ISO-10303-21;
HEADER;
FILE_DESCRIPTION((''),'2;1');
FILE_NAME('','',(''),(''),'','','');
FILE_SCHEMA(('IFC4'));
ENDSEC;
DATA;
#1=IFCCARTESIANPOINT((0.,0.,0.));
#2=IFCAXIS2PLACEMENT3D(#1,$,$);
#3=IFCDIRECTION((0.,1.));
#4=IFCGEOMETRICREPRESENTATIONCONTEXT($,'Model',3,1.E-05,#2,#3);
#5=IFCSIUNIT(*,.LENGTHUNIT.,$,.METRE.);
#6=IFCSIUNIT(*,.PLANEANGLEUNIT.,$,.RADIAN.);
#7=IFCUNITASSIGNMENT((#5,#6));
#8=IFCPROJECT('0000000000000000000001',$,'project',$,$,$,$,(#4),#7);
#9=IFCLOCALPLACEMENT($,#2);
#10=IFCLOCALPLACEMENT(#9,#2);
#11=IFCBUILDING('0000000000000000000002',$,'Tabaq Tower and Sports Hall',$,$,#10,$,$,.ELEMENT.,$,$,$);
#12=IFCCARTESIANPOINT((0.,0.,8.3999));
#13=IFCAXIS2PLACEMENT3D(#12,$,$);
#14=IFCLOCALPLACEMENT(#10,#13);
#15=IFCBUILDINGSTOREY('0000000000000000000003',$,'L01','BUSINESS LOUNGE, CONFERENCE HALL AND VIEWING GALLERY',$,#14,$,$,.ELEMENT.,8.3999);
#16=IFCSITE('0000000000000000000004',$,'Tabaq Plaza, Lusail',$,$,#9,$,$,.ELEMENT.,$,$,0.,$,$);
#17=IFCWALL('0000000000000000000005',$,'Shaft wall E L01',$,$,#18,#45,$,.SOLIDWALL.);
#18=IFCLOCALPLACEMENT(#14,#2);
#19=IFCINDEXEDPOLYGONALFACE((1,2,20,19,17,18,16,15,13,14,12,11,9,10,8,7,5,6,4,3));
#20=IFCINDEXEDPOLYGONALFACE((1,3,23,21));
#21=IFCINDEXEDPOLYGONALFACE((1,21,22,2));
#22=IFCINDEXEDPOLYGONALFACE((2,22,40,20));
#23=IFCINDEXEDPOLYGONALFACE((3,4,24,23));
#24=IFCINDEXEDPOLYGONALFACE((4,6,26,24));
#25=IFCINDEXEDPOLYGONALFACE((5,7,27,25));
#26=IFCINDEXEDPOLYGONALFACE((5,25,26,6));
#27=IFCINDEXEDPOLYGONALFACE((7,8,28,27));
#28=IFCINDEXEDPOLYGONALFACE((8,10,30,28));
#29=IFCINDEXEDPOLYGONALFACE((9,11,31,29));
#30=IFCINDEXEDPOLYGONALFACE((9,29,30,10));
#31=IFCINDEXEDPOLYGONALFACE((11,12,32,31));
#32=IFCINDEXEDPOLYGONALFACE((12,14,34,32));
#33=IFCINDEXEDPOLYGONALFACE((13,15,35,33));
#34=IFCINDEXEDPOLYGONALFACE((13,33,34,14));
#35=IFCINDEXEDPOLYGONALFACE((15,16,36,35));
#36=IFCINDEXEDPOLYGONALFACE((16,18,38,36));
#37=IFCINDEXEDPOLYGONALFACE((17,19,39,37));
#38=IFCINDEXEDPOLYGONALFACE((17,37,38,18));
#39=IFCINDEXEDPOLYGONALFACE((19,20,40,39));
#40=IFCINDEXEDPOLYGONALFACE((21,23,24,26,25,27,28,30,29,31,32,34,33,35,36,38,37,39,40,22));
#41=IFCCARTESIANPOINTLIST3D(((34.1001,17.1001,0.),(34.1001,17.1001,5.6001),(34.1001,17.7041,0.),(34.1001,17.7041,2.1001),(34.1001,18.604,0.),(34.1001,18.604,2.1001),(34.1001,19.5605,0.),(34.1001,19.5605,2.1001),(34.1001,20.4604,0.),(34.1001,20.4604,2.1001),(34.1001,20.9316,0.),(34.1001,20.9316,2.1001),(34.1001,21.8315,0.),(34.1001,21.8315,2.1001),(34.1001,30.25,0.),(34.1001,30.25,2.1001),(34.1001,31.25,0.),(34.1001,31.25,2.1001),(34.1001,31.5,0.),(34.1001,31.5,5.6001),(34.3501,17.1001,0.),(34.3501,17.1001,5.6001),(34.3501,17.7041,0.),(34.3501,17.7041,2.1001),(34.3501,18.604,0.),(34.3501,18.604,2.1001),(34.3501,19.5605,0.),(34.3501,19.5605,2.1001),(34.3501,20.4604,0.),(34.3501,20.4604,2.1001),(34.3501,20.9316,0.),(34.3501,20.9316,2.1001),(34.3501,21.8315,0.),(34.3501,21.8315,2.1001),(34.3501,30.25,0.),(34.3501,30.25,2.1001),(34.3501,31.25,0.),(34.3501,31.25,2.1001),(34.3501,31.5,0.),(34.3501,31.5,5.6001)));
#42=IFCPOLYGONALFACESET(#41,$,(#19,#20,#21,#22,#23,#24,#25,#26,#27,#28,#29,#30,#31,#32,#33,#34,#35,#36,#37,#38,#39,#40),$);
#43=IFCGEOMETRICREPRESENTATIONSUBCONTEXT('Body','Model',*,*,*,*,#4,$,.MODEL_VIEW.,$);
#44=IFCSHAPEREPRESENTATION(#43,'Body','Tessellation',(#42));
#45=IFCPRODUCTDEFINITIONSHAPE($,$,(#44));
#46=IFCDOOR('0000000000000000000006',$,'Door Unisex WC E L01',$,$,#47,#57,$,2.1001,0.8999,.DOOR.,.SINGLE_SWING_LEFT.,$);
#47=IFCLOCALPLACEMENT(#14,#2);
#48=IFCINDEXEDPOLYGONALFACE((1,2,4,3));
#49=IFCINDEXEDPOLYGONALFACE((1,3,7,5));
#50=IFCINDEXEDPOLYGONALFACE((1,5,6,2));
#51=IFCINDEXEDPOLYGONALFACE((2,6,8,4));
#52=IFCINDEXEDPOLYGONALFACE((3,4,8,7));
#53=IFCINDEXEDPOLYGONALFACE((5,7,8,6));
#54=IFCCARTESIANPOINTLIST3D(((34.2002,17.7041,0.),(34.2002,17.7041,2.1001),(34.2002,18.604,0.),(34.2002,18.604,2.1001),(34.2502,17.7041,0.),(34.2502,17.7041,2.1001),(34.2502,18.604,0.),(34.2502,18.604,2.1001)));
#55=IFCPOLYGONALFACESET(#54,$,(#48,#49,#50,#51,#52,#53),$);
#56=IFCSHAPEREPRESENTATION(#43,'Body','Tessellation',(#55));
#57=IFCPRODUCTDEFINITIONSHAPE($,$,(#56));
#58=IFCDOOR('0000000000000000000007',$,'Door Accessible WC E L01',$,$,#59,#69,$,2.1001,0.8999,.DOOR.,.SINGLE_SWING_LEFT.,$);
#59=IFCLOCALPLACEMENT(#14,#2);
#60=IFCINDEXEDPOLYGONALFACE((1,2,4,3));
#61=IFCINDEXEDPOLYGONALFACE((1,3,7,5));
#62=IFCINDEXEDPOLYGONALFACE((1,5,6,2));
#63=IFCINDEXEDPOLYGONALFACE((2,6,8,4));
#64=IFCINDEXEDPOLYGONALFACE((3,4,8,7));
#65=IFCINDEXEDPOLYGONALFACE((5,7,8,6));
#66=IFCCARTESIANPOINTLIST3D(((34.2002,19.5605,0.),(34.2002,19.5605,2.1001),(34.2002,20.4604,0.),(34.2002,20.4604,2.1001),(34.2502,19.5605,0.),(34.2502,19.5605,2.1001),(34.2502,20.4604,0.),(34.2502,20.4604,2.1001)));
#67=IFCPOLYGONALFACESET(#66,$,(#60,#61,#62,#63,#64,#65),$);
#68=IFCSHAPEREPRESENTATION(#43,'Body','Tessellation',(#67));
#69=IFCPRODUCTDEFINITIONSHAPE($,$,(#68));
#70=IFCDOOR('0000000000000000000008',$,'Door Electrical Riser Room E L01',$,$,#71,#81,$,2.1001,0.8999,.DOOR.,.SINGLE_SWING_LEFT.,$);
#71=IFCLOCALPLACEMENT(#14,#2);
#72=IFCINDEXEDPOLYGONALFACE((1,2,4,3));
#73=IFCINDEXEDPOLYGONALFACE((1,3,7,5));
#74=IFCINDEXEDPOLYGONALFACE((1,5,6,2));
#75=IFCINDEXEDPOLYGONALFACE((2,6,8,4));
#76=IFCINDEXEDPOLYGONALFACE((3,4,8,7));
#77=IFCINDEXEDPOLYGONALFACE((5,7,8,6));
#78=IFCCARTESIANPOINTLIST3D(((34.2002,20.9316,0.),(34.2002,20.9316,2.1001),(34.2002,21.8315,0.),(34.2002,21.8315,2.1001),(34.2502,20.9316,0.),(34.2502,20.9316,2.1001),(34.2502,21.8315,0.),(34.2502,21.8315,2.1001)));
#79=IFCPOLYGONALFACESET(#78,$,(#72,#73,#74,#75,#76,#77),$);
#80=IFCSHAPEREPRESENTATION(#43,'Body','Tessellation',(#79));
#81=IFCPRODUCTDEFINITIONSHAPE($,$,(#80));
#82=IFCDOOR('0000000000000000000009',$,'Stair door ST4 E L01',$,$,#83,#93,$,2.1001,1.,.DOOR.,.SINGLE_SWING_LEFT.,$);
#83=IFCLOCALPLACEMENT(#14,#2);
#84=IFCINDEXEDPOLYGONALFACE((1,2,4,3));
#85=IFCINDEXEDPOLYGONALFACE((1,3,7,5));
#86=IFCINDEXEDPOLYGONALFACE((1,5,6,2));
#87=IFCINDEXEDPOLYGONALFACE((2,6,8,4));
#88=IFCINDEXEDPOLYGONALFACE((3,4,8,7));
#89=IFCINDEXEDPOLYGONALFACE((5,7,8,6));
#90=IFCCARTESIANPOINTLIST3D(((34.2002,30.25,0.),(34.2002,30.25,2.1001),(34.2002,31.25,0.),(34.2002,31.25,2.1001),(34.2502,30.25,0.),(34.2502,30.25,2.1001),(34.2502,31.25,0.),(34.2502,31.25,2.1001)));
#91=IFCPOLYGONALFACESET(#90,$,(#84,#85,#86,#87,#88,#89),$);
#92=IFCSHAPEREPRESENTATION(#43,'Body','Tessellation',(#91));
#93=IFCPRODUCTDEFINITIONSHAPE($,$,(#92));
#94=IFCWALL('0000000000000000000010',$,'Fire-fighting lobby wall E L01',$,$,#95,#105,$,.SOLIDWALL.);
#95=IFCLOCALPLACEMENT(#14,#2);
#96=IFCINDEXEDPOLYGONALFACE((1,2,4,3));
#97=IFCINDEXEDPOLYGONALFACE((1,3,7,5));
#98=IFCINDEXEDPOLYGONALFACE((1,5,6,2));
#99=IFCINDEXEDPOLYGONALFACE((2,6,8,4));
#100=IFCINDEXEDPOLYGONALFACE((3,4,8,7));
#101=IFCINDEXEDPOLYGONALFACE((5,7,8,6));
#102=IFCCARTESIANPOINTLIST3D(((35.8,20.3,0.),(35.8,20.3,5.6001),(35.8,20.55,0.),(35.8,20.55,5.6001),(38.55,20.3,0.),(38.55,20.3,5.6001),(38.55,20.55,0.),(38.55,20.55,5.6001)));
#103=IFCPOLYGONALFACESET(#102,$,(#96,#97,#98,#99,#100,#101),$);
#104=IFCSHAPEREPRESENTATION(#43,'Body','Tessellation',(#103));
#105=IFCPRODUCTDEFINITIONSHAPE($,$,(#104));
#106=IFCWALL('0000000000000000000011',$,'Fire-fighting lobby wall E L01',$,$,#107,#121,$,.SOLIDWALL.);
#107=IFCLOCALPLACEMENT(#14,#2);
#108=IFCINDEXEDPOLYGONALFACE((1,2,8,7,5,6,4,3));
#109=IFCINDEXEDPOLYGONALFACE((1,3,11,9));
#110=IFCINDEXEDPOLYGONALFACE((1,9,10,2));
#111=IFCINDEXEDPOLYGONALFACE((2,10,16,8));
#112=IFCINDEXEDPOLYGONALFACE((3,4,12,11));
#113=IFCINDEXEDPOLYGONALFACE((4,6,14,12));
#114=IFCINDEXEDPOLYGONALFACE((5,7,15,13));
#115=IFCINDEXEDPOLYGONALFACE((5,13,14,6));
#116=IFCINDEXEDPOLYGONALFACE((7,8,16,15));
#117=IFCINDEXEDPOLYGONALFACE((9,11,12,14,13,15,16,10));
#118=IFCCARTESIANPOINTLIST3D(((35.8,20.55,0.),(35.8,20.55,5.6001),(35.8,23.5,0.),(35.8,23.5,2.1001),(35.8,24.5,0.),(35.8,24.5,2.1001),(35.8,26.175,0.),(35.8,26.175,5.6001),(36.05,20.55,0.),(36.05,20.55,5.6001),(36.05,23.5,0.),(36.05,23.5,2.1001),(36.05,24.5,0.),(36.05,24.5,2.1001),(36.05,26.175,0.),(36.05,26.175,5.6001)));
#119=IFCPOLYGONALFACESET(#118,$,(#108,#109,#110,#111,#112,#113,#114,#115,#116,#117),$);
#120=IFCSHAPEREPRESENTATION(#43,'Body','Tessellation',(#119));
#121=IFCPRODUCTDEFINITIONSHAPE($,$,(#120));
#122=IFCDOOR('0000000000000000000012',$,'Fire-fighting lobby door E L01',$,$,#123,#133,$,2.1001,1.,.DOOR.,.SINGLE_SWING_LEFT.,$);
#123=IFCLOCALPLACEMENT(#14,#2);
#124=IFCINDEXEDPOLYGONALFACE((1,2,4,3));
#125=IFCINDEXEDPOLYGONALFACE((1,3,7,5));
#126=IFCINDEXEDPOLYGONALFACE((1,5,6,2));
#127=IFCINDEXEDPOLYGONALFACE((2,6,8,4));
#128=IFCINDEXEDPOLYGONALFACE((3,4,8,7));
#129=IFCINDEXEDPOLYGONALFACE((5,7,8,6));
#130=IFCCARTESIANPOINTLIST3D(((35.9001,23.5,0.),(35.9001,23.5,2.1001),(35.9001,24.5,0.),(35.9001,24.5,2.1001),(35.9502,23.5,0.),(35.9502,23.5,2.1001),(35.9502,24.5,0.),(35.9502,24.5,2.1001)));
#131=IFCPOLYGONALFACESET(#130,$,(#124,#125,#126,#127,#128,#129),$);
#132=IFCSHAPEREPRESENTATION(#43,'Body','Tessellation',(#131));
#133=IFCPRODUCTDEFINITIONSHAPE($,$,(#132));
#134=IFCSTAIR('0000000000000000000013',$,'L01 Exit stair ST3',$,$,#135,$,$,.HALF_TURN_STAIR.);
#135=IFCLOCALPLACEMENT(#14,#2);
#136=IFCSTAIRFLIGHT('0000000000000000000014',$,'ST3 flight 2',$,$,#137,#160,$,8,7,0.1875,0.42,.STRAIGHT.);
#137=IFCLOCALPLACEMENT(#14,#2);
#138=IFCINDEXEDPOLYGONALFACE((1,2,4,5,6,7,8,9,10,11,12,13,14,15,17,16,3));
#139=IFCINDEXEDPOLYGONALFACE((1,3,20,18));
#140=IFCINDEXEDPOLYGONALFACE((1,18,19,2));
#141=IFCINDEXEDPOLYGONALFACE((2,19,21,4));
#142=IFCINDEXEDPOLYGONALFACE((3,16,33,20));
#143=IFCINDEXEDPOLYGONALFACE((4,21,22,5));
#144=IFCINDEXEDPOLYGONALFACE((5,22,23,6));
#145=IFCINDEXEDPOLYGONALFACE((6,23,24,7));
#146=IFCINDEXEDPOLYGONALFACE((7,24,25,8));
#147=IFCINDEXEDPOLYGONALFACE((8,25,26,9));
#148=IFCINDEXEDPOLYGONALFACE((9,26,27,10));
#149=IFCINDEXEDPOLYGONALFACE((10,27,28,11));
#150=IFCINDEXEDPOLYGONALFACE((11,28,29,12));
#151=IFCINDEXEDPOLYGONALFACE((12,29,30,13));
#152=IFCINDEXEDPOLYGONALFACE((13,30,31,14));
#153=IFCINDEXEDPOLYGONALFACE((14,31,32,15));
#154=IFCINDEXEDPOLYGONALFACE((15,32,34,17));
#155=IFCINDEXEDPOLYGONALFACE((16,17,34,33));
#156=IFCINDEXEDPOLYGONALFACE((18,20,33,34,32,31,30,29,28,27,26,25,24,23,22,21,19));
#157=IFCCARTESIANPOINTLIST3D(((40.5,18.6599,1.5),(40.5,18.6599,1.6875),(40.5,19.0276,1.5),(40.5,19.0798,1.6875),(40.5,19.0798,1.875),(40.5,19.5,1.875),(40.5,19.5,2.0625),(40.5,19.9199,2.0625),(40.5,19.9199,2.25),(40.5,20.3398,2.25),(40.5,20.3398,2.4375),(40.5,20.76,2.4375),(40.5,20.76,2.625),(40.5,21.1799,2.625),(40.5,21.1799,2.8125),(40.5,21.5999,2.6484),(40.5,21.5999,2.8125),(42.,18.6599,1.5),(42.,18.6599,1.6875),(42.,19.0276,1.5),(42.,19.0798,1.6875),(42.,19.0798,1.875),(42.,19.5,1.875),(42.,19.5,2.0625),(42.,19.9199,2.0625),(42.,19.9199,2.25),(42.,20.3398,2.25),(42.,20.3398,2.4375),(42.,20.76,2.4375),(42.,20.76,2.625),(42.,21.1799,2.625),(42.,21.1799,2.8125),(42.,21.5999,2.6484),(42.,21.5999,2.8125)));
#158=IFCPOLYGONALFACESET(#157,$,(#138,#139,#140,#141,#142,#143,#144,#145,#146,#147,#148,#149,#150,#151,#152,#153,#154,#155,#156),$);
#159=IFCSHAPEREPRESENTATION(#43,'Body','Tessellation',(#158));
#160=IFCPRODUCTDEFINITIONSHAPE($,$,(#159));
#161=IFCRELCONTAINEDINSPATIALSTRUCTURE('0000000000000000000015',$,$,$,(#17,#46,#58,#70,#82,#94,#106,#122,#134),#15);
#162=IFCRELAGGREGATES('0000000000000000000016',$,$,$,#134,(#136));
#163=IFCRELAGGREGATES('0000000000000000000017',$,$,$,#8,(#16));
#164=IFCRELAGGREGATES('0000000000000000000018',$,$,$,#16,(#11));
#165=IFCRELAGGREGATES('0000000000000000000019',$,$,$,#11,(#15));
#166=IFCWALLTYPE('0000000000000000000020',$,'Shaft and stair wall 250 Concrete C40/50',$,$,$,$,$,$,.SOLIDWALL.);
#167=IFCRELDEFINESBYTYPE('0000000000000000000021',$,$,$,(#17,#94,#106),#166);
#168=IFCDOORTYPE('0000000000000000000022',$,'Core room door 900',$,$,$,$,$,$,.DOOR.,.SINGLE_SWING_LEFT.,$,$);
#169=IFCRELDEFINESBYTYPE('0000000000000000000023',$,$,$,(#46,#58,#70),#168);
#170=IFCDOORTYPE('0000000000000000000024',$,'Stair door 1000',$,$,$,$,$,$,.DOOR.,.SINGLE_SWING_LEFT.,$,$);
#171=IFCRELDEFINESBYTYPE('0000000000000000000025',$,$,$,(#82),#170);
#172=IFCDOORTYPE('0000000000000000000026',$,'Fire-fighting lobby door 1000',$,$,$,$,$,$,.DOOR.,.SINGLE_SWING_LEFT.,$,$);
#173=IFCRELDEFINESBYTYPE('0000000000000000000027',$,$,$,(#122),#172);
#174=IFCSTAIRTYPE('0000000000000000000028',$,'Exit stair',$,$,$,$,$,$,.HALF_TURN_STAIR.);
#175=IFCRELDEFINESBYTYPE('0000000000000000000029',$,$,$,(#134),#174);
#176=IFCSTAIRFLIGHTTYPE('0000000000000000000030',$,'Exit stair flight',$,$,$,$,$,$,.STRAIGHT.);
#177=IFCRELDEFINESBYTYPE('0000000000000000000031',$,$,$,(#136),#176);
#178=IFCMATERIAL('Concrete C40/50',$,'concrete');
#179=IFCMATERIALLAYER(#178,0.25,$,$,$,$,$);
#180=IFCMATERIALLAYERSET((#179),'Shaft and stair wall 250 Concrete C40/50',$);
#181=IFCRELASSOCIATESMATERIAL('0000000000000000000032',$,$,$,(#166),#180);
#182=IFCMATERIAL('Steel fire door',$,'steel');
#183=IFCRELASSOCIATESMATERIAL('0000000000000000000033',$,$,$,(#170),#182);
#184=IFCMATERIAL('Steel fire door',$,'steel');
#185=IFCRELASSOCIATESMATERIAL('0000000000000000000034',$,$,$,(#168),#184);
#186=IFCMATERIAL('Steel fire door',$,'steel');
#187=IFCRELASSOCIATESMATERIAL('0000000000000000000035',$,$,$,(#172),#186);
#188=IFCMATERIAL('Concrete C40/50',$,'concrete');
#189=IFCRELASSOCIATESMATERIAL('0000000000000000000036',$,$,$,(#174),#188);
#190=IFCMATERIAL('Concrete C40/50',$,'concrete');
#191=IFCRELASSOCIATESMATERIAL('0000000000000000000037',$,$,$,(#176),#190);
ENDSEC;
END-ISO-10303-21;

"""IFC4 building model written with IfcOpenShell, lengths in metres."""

from ifc_helpers import new_model, si_unit, direction, frame, frame_2d, origin, place, context, subcontext, project, spatial, polyline, rectangle, outline, extrude, material, layer, layer_set, type_object, element, fill, aggregate, save


model = new_model("IFC4")

# Units and contexts
model_context = context("Model", 3, precision=1e-05, world=origin(), true_north=direction((0.0, 1.0)))
body_context = subcontext(model_context, "Body", "Model", "MODEL_VIEW")
ifc_project = project(units=[si_unit("LENGTHUNIT", "METRE"), si_unit("PLANEANGLEUNIT", "RADIAN")], contexts=[model_context])

# Site, building, storey
site_placement = place(None, origin())
site = spatial("IfcSite", under=ifc_project, at=site_placement, Name="Tabaq Plaza, Lusail", CompositionType="ELEMENT", RefElevation=0.0)
building_placement = place(site_placement, origin())
building = spatial("IfcBuilding", under=site, at=building_placement, Name="Tabaq Tower and Sports Hall", CompositionType="ELEMENT")
storey_placement = place(building_placement, frame((0.0, 0.0, 8.3999)))
storey = spatial("IfcBuildingStorey", under=building, at=storey_placement, Name="L01", Description="BUSINESS LOUNGE, CONFERENCE HALL AND VIEWING GALLERY", CompositionType="ELEMENT", Elevation=8.3999)

# Wall, openings, doors
ifc_material_1 = material(Name="Concrete C40/50", Category="concrete")
ifc_layer_1 = layer(ifc_material_1, 0.25)
ifc_layer_set_1 = layer_set([ifc_layer_1], Name="Shaft and stair wall 250 Concrete C40/50")
wall_type_1 = type_object("IfcWallType", Name="Shaft and stair wall 250 Concrete C40/50", PredefinedType="SOLIDWALL", material=ifc_layer_set_1)
ifc_material_2 = material(Name="Steel fire door", Category="steel")
door_type_1 = type_object("IfcDoorType", Name="Stair door 1000", OperationType="SINGLE_SWING_LEFT", PredefinedType="DOOR", material=ifc_material_2)
wall_1_placement = place(storey_placement, frame((34.2251, 17.1001, 0.0), z_axis=(0.0, 0.0, 1.0), x_axis=(0.0, 1.0, 0.0)))
wall_1 = element("IfcWall", 1, at=wall_1_placement, inside=storey, type_object=wall_type_1, Name="Shaft wall E L01", PredefinedType="SOLIDWALL", context=body_context, shape_type="SweptSolid", body=[
    extrude(rectangle(XDim=14.3999, YDim=0.25, at=frame_2d((7.2, 0.0))), origin(), (0.0, 0.0, 1.0), 5.6001),
])
opening_1_placement = place(wall_1_placement, frame((13.1499, 0.0, 0.0)))
opening_1 = element("IfcOpeningElement", 2, at=opening_1_placement, cuts=wall_1, PredefinedType="OPENING", context=body_context, shape_type="SweptSolid", body=[
    extrude(rectangle(XDim=1.0, YDim=2.1001, at=frame_2d((0.5, 1.05))), frame((0.0, 0.125, 0.0), z_axis=(0.0, -1.0, 0.0), x_axis=(1.0, 0.0, 0.0)), (0.0, 0.0, 1.0), 0.25),
])
opening_2_placement = place(wall_1_placement, frame((0.604, 0.0, 0.0)))
opening_2 = element("IfcOpeningElement", 3, at=opening_2_placement, cuts=wall_1, PredefinedType="OPENING", context=body_context, shape_type="SweptSolid", body=[
    extrude(rectangle(XDim=0.8999, YDim=2.1001, at=frame_2d((0.45, 1.05))), frame((0.0, 0.125, 0.0), z_axis=(0.0, -1.0, 0.0), x_axis=(1.0, 0.0, 0.0)), (0.0, 0.0, 1.0), 0.25),
])
opening_3_placement = place(wall_1_placement, frame((2.4604, 0.0, 0.0)))
opening_3 = element("IfcOpeningElement", 4, at=opening_3_placement, cuts=wall_1, PredefinedType="OPENING", context=body_context, shape_type="SweptSolid", body=[
    extrude(rectangle(XDim=0.8999, YDim=2.1001, at=frame_2d((0.45, 1.05))), frame((0.0, 0.125, 0.0), z_axis=(0.0, -1.0, 0.0), x_axis=(1.0, 0.0, 0.0)), (0.0, 0.0, 1.0), 0.25),
])
opening_4_placement = place(wall_1_placement, frame((3.8315, 0.0, 0.0)))
opening_4 = element("IfcOpeningElement", 5, at=opening_4_placement, cuts=wall_1, PredefinedType="OPENING", context=body_context, shape_type="SweptSolid", body=[
    extrude(rectangle(XDim=0.8999, YDim=2.1001, at=frame_2d((0.45, 1.05))), frame((0.0, 0.125, 0.0), z_axis=(0.0, -1.0, 0.0), x_axis=(1.0, 0.0, 0.0)), (0.0, 0.0, 1.0), 0.25),
])
ifc_material_3 = material(Name="Steel fire door", Category="steel")
door_type_2 = type_object("IfcDoorType", Name="Core room door 900", OperationType="SINGLE_SWING_LEFT", PredefinedType="DOOR", material=ifc_material_3)
door_1_placement = place(opening_2_placement, origin())
door_1 = element("IfcDoor", 6, at=door_1_placement, inside=storey, type_object=door_type_2, Name="Door Unisex WC E L01", OperationType="SINGLE_SWING_LEFT", OverallHeight=2.1001, OverallWidth=0.8999, PredefinedType="DOOR", context=body_context, shape_type="SweptSolid", body=[
    extrude(rectangle(XDim=0.8999, YDim=2.1001, at=frame_2d((0.45, 1.05))), frame((0.0, 0.0249, 0.0), z_axis=(0.0, -1.0, 0.0), x_axis=(1.0, 0.0, 0.0)), (0.0, 0.0, 1.0), 0.05),
])
fill(opening_2, door_1)
door_2_placement = place(opening_3_placement, origin())
door_2 = element("IfcDoor", 7, at=door_2_placement, inside=storey, type_object=door_type_2, Name="Door Accessible WC E L01", OperationType="SINGLE_SWING_LEFT", OverallHeight=2.1001, OverallWidth=0.8999, PredefinedType="DOOR", context=body_context, shape_type="SweptSolid", body=[
    extrude(rectangle(XDim=0.8999, YDim=2.1001, at=frame_2d((0.45, 1.05))), frame((0.0, 0.0249, 0.0), z_axis=(0.0, -1.0, 0.0), x_axis=(1.0, 0.0, 0.0)), (0.0, 0.0, 1.0), 0.05),
])
fill(opening_3, door_2)
door_3_placement = place(opening_4_placement, origin())
door_3 = element("IfcDoor", 8, at=door_3_placement, inside=storey, type_object=door_type_2, Name="Door Electrical Riser Room E L01", OperationType="SINGLE_SWING_LEFT", OverallHeight=2.1001, OverallWidth=0.8999, PredefinedType="DOOR", context=body_context, shape_type="SweptSolid", body=[
    extrude(rectangle(XDim=0.8999, YDim=2.1001, at=frame_2d((0.45, 1.05))), frame((0.0, 0.0249, 0.0), z_axis=(0.0, -1.0, 0.0), x_axis=(1.0, 0.0, 0.0)), (0.0, 0.0, 1.0), 0.05),
])
fill(opening_4, door_3)
door_4_placement = place(opening_1_placement, origin())
door_4 = element("IfcDoor", 9, at=door_4_placement, inside=storey, type_object=door_type_1, Name="Stair door ST4 E L01", OperationType="SINGLE_SWING_LEFT", OverallHeight=2.1001, OverallWidth=1.0, PredefinedType="DOOR", context=body_context, shape_type="SweptSolid", body=[
    extrude(rectangle(XDim=1.0, YDim=2.1001, at=frame_2d((0.5, 1.05))), frame((0.0, 0.0249, 0.0), z_axis=(0.0, -1.0, 0.0), x_axis=(1.0, 0.0, 0.0)), (0.0, 0.0, 1.0), 0.05),
])
fill(opening_1, door_4)

# Wall
wall_2_placement = place(storey_placement, frame((35.8, 20.425, 0.0), z_axis=(0.0, 0.0, 1.0), x_axis=(1.0, 0.0, 0.0)))
element("IfcWall", 10, at=wall_2_placement, inside=storey, type_object=wall_type_1, Name="Fire-fighting lobby wall E L01", PredefinedType="SOLIDWALL", context=body_context, shape_type="SweptSolid", body=[
    extrude(rectangle(XDim=2.75, YDim=0.25, at=frame_2d((1.375, 0.0))), origin(), (0.0, 0.0, 1.0), 5.6001),
])

# Wall, opening, door
wall_3_placement = place(storey_placement, frame((35.925, 20.55, 0.0), z_axis=(0.0, 0.0, 1.0), x_axis=(0.0, 1.0, 0.0)))
wall_3 = element("IfcWall", 11, at=wall_3_placement, inside=storey, type_object=wall_type_1, Name="Fire-fighting lobby wall E L01", PredefinedType="SOLIDWALL", context=body_context, shape_type="SweptSolid", body=[
    extrude(rectangle(XDim=5.625, YDim=0.25, at=frame_2d((2.8125, 0.0))), origin(), (0.0, 0.0, 1.0), 5.6001),
])
opening_5_placement = place(wall_3_placement, frame((2.95, 0.0, 0.0)))
opening_5 = element("IfcOpeningElement", 12, at=opening_5_placement, cuts=wall_3, PredefinedType="OPENING", context=body_context, shape_type="SweptSolid", body=[
    extrude(rectangle(XDim=1.0, YDim=2.1001, at=frame_2d((0.5, 1.05))), frame((0.0, 0.125, 0.0), z_axis=(0.0, -1.0, 0.0), x_axis=(1.0, 0.0, 0.0)), (0.0, 0.0, 1.0), 0.25),
])
ifc_material_4 = material(Name="Steel fire door", Category="steel")
door_type_3 = type_object("IfcDoorType", Name="Fire-fighting lobby door 1000", OperationType="SINGLE_SWING_LEFT", PredefinedType="DOOR", material=ifc_material_4)
door_5_placement = place(opening_5_placement, origin())
door_5 = element("IfcDoor", 13, at=door_5_placement, inside=storey, type_object=door_type_3, Name="Fire-fighting lobby door E L01", OperationType="SINGLE_SWING_LEFT", OverallHeight=2.1001, OverallWidth=1.0, PredefinedType="DOOR", context=body_context, shape_type="SweptSolid", body=[
    extrude(rectangle(XDim=1.0, YDim=2.1001, at=frame_2d((0.5, 1.05))), frame((0.0, 0.0249, 0.0), z_axis=(0.0, -1.0, 0.0), x_axis=(1.0, 0.0, 0.0)), (0.0, 0.0, 1.0), 0.05),
])
fill(opening_5, door_5)

# Stair, stair flight
ifc_material_5 = material(Name="Concrete C40/50", Category="concrete")
stair_type = type_object("IfcStairType", Name="Exit stair", PredefinedType="HALF_TURN_STAIR", material=ifc_material_5)
stair_placement = place(storey_placement, origin())
stair = element("IfcStair", 14, at=stair_placement, inside=storey, type_object=stair_type, Name="L01 Exit stair ST3", PredefinedType="HALF_TURN_STAIR")
ifc_material_6 = material(Name="Concrete C40/50", Category="concrete")
stair_flight_type = type_object("IfcStairFlightType", Name="Exit stair flight", PredefinedType="STRAIGHT", material=ifc_material_6)
stair_flight_1_placement = place(storey_placement, frame((41.25, 18.6599, 1.5), z_axis=(0.0, 0.0, 1.0), x_axis=(0.0, 1.0, 0.0)))
stair_flight_1 = element("IfcStairFlight", 15, at=stair_flight_1_placement, type_object=stair_flight_type, Name="ST3 flight 2", NumberOfRisers=8, NumberOfTreads=7, PredefinedType="STRAIGHT", RiserHeight=0.1875, TreadLength=0.42, context=body_context, shape_type="SweptSolid", body=[
    extrude(outline(polyline([(0.0, 0.0), (0.0, 0.1875), (0.4199, 0.1875), (0.4199, 0.375), (0.8401, 0.375), (0.8401, 0.5625), (1.26, 0.5625), (1.26, 0.75), (1.6799, 0.75), (1.6799, 0.9375), (2.1001, 0.9375), (2.1001, 1.125), (2.52, 1.125), (2.52, 1.3125), (2.9399, 1.3125), (2.9399, 1.5), (2.9399, 1.1484), (0.3677, 0.0), (0.0, 0.0)])), frame((0.0, 0.75, 0.0), z_axis=(0.0, -1.0, 0.0), x_axis=(1.0, 0.0, 0.0)), (0.0, 0.0, 1.0), 1.5),
])
aggregate(stair, [stair_flight_1])

save(model, "model.ifc")
